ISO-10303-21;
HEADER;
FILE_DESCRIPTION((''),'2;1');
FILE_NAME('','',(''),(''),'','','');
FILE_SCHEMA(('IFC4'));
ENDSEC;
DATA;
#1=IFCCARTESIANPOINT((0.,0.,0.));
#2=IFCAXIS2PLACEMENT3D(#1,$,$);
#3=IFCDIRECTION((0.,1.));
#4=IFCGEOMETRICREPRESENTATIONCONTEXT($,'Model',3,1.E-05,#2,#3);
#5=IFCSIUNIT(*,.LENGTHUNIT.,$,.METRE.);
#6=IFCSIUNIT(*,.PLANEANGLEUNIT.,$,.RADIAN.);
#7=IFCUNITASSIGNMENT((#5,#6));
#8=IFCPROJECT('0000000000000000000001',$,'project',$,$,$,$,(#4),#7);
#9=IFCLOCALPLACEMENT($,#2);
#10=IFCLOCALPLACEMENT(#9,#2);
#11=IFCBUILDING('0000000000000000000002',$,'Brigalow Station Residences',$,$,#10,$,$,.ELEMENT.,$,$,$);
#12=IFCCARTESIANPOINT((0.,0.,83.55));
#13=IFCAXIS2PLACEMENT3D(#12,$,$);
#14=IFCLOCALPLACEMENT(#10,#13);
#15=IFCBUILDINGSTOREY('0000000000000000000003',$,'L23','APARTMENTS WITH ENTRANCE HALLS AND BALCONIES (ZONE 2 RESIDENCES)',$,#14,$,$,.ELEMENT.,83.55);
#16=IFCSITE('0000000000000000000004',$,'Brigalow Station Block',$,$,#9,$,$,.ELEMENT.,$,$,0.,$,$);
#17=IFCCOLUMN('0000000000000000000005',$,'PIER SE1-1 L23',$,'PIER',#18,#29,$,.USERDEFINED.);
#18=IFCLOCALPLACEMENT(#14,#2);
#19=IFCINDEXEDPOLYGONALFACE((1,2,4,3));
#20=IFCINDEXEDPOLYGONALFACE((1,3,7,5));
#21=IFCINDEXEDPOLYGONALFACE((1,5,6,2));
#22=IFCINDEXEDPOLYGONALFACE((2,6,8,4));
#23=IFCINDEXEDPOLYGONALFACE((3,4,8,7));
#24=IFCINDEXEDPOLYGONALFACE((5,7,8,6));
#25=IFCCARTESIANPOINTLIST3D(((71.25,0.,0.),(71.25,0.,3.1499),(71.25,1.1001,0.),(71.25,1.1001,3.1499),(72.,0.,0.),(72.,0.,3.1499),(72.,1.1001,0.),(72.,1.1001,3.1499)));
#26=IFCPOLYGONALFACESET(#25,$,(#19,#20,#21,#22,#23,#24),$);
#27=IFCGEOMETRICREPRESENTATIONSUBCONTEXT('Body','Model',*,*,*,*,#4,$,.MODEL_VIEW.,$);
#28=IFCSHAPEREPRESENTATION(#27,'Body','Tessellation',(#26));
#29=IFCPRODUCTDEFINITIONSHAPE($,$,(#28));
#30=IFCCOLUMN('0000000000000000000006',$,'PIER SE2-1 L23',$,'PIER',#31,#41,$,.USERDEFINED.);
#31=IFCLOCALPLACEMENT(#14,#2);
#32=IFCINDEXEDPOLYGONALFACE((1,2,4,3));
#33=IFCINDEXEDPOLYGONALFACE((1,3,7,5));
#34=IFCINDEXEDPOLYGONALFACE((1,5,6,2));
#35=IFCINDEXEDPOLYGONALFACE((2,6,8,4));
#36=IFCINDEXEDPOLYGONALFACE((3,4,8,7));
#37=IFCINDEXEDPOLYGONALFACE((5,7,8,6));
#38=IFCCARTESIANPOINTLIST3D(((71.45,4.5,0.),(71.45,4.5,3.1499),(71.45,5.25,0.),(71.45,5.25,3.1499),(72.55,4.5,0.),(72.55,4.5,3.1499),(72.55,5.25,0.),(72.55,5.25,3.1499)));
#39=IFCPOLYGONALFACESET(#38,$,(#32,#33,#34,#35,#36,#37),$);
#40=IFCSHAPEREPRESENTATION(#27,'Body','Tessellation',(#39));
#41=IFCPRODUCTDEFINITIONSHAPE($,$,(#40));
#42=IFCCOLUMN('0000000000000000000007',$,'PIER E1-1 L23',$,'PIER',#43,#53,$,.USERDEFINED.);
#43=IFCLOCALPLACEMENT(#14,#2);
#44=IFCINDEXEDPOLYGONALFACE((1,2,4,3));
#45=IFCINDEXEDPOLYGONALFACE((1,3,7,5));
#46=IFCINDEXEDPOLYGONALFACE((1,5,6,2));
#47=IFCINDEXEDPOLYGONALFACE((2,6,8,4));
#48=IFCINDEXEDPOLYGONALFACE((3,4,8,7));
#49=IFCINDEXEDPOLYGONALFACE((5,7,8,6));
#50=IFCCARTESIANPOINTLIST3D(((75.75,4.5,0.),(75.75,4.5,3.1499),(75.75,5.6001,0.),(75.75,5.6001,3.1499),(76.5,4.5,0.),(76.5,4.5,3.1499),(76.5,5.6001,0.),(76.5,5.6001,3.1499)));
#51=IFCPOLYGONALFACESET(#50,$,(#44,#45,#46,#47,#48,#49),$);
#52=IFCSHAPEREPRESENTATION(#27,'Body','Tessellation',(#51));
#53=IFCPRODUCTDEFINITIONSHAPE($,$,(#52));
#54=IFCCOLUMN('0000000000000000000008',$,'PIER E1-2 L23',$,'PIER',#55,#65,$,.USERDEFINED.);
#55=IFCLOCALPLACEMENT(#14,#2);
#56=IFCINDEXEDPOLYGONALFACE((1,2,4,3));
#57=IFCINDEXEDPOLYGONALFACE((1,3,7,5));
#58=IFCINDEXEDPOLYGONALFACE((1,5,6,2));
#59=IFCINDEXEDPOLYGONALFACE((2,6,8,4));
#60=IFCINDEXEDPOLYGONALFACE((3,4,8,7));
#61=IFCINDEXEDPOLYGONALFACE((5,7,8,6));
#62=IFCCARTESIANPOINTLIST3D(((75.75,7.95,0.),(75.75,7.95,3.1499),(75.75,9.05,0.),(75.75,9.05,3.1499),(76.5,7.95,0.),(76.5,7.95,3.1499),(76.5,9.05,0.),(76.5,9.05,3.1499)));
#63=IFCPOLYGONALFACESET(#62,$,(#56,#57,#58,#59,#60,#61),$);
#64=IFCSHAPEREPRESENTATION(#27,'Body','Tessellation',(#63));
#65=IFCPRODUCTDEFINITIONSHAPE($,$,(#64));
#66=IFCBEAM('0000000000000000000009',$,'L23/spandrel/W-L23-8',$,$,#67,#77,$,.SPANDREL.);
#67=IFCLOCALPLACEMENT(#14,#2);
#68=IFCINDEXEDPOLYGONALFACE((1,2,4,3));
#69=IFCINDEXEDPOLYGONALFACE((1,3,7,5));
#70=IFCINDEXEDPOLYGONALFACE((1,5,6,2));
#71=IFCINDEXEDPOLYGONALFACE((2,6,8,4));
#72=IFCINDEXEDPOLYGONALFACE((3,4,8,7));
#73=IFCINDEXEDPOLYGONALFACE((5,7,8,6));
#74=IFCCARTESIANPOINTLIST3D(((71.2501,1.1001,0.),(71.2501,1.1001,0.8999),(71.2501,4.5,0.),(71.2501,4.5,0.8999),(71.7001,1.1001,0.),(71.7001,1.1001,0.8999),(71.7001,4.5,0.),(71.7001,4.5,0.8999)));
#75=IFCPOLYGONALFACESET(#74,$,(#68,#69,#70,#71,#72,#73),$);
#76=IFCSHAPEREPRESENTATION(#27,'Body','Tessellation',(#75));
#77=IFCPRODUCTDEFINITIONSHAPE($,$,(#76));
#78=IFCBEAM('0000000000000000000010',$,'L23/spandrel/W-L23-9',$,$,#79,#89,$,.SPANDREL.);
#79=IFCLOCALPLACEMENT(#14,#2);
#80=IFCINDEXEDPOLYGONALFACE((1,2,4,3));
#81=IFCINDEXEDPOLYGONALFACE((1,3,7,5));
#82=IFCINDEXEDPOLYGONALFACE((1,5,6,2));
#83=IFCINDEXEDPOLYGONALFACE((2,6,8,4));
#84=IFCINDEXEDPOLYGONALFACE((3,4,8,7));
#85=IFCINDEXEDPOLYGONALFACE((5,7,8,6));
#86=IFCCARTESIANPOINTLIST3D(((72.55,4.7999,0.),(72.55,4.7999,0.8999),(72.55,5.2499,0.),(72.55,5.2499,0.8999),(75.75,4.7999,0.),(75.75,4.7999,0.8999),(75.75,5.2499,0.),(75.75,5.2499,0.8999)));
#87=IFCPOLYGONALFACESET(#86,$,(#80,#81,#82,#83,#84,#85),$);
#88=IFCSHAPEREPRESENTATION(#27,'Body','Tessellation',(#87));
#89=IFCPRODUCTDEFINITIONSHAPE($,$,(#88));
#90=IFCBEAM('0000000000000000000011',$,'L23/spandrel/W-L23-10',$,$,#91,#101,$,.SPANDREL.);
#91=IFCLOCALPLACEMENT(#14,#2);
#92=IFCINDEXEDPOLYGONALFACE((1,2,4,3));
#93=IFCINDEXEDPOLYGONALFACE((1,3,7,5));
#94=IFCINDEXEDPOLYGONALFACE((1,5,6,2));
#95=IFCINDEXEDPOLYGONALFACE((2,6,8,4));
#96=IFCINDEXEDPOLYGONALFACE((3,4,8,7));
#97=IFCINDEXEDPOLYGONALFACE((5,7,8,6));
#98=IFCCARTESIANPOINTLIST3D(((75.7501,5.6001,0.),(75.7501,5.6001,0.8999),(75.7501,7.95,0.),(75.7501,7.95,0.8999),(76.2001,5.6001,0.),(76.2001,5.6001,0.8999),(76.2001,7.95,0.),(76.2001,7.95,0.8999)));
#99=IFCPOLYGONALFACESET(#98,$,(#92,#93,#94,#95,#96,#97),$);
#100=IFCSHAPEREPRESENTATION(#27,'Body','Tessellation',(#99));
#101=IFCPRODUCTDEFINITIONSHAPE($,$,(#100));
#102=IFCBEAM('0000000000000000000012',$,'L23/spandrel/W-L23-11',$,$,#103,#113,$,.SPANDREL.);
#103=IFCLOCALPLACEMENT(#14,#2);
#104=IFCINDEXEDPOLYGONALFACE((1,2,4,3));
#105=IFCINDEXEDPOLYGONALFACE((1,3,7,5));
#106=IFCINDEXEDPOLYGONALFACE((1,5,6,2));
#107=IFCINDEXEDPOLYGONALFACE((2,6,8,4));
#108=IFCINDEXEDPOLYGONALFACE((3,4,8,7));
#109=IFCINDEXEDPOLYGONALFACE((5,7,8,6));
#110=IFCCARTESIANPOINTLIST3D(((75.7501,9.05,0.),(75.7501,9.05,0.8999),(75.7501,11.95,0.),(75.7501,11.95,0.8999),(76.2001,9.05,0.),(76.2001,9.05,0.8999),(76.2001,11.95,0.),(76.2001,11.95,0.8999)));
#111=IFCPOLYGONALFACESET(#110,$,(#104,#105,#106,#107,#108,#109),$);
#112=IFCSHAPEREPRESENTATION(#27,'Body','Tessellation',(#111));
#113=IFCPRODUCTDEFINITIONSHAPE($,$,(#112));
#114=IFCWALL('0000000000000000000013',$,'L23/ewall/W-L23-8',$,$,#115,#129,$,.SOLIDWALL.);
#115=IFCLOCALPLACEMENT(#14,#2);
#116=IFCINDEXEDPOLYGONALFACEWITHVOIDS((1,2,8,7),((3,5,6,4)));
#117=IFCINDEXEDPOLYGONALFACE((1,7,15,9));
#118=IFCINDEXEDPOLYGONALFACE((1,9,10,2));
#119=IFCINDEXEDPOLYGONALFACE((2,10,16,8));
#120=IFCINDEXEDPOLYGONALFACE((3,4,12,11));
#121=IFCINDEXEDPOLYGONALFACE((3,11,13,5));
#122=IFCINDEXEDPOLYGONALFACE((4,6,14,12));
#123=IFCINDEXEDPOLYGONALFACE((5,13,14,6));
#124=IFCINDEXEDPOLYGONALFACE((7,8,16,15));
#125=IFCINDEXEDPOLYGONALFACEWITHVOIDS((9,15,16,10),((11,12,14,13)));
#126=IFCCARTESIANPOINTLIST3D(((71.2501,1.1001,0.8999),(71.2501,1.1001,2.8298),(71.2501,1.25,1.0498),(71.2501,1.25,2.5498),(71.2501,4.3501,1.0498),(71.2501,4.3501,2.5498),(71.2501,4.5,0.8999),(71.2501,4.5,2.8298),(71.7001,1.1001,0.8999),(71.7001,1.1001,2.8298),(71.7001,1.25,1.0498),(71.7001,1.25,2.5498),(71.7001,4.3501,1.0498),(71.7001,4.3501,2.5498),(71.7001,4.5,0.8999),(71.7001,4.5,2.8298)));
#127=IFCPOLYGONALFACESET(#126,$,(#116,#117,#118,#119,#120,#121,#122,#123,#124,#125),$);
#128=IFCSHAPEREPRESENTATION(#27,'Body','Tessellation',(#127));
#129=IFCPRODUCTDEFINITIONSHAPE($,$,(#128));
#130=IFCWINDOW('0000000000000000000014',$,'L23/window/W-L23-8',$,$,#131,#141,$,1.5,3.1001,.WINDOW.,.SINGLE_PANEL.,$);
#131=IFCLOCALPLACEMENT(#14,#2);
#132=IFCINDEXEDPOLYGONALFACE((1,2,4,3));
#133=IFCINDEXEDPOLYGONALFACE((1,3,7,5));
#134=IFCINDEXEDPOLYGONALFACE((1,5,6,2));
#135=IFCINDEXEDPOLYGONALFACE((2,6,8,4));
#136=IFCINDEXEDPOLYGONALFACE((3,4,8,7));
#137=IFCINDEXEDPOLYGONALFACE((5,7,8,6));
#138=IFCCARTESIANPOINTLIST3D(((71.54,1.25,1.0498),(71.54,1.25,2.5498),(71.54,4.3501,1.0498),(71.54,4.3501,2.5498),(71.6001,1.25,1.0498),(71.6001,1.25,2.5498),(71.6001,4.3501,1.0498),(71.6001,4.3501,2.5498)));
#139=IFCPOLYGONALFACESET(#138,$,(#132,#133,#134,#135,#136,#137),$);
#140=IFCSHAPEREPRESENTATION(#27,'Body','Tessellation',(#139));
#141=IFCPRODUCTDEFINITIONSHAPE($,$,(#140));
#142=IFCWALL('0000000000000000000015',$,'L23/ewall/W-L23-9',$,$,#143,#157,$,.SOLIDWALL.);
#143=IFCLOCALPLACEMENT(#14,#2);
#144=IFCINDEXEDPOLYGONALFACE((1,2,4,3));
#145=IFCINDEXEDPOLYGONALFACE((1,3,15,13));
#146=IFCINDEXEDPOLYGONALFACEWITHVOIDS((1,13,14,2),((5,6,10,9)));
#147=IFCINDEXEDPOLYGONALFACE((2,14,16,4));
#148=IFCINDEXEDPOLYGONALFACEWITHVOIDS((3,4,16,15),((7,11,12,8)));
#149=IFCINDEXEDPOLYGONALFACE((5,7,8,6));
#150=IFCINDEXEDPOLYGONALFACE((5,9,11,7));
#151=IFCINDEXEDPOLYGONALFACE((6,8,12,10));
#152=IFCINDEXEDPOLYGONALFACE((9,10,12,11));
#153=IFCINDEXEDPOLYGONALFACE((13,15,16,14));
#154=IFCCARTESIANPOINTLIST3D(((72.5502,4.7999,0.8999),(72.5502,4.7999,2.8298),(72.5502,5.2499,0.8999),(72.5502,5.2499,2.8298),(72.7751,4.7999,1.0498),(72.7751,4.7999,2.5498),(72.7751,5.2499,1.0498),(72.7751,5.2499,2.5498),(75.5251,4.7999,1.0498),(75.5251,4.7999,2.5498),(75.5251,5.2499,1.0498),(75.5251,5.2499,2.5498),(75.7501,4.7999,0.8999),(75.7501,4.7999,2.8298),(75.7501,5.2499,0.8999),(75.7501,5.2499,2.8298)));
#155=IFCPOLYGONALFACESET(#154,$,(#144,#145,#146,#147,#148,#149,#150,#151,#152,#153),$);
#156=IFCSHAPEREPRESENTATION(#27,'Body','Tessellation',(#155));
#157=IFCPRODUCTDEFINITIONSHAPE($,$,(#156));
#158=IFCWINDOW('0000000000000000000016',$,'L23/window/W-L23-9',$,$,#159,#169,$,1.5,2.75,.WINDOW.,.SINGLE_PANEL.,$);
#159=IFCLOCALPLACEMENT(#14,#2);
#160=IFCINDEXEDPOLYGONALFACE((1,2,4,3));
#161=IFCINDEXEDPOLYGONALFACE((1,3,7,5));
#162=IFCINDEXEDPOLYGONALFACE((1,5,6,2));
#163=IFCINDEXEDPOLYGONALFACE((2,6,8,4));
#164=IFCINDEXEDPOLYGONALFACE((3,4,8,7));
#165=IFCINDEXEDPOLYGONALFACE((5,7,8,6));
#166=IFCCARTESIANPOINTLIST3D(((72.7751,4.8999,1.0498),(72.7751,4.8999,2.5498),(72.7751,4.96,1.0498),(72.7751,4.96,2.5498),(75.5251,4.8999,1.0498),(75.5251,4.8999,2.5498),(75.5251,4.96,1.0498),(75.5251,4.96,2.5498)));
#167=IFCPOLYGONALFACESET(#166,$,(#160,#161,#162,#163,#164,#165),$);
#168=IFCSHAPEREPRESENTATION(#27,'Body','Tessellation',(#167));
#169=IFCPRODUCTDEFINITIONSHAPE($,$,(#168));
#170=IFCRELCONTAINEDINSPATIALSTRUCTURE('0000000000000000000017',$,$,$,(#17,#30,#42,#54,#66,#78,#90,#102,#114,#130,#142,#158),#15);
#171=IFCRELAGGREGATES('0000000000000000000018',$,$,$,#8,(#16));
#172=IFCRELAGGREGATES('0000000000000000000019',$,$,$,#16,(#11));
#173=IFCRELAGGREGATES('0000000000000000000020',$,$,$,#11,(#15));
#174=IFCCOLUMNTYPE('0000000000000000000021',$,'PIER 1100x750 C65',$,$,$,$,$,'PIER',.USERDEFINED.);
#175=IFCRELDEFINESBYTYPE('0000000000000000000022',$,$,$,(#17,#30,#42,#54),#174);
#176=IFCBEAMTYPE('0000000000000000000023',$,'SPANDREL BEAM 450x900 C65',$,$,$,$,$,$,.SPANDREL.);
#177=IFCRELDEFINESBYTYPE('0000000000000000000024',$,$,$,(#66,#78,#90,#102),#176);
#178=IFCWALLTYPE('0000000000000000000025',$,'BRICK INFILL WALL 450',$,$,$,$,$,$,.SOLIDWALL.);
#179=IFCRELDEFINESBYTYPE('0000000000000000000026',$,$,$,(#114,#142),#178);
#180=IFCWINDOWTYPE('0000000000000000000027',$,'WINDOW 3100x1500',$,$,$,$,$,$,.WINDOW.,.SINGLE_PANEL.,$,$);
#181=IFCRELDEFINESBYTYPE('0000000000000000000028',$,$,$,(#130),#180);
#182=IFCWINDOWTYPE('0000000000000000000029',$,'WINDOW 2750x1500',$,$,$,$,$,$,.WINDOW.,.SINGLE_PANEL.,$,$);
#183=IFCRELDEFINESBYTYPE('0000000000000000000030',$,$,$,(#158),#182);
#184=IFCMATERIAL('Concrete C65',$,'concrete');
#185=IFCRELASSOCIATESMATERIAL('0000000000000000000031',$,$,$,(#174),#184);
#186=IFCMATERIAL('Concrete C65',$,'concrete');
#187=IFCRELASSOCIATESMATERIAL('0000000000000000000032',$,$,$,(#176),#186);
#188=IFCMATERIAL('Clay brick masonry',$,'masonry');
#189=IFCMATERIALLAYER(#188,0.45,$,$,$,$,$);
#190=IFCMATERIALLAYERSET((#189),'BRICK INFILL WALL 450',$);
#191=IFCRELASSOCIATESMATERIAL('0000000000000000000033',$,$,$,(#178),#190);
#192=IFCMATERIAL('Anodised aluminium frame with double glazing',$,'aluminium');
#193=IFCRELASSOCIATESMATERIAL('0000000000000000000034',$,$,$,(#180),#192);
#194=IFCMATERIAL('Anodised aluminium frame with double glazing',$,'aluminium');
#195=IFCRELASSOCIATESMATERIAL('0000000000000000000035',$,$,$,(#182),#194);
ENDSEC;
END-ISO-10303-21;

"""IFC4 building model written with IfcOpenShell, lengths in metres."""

from ifc_helpers import new_model, si_unit, direction, frame, frame_2d, origin, origin_2d, place, context, subcontext, project, spatial, rectangle, extrude, material, layer, layer_set, material_profile, profile_set, type_object, element, fill, save


model = new_model("IFC4")

# Units and contexts
model_context = context("Model", 3, precision=1e-05, world=origin(), true_north=direction((0.0, 1.0)))
body_context = subcontext(model_context, "Body", "Model", "MODEL_VIEW")
ifc_project = project(units=[si_unit("LENGTHUNIT", "METRE"), si_unit("PLANEANGLEUNIT", "RADIAN")], contexts=[model_context])

# Site, building, storey
site_placement = place(None, origin())
site = spatial("IfcSite", under=ifc_project, at=site_placement, Name="Brigalow Station Block", CompositionType="ELEMENT", RefElevation=0.0)
building_placement = place(site_placement, origin())
building = spatial("IfcBuilding", under=site, at=building_placement, Name="Brigalow Station Residences", CompositionType="ELEMENT")
storey_placement = place(building_placement, frame((0.0, 0.0, 83.55)))
storey = spatial("IfcBuildingStorey", under=building, at=storey_placement, Name="L23", Description="APARTMENTS WITH ENTRANCE HALLS AND BALCONIES (ZONE 2 RESIDENCES)", CompositionType="ELEMENT", Elevation=83.55)

# Columns
ifc_material_1 = material(Name="Concrete C65", Category="concrete")
ifc_material_profile_1 = material_profile(ifc_material_1, rectangle(XDim=1.1001, YDim=0.75, at=origin_2d()), Name="RC1100x750")
ifc_profile_set_1 = profile_set([ifc_material_profile_1], Name="Concrete C65")
column_type = type_object("IfcColumnType", Name="PIER 1100x750 C65", ElementType="PIER", PredefinedType="USERDEFINED", material=ifc_profile_set_1)
for number, where, z_axis, x_axis, name in (
    (1, (71.625, 0.55, 0.0), (0.0, 0.0, 1.0), (0.0, 1.0, 0.0), "PIER SE1-1 L23"),
    (2, (72.0, 4.875, 0.0), (0.0, 0.0, 1.0), (1.0, 0.0, 0.0), "PIER SE2-1 L23"),
    (3, (76.125, 5.05, 0.0), (0.0, 0.0, 1.0), (0.0, 1.0, 0.0), "PIER E1-1 L23"),
    (4, (76.125, 8.5, 0.0), (0.0, 0.0, 1.0), (0.0, 1.0, 0.0), "PIER E1-2 L23"),
):
    element("IfcColumn", number, at=place(storey_placement, frame(where, z_axis=z_axis, x_axis=x_axis)), inside=storey, type_object=column_type, Name=name, ObjectType="PIER", PredefinedType="USERDEFINED", context=body_context, shape_type="SweptSolid", body=[
        extrude(rectangle(XDim=1.1001, YDim=0.75, at=origin_2d()), origin(), (0.0, 0.0, 1.0), 3.1499),
    ])

# Beams
ifc_material_2 = material(Name="Concrete C65", Category="concrete")
ifc_material_profile_2 = material_profile(ifc_material_2, rectangle(XDim=0.45, YDim=0.8999, at=origin_2d()), Name="RC450x900")
ifc_profile_set_2 = profile_set([ifc_material_profile_2], Name="Concrete C65")
beam_type = type_object("IfcBeamType", Name="SPANDREL BEAM 450x900 C65", PredefinedType="SPANDREL", material=ifc_profile_set_2)
beam_1_placement = place(storey_placement, frame((71.4751, 1.1001, 0.45), z_axis=(0.0, 1.0, 0.0), x_axis=(-1.0, 0.0, 0.0)))
element("IfcBeam", 5, at=beam_1_placement, inside=storey, type_object=beam_type, Name="L23/spandrel/W-L23-8", PredefinedType="SPANDREL", context=body_context, shape_type="SweptSolid", body=[
    extrude(rectangle(XDim=0.45, YDim=0.8999, at=origin_2d()), origin(), (0.0, 0.0, 1.0), 3.3999),
])
beam_2_placement = place(storey_placement, frame((72.55, 5.0249, 0.45), z_axis=(1.0, 0.0, 0.0), x_axis=(0.0, 1.0, 0.0)))
element("IfcBeam", 6, at=beam_2_placement, inside=storey, type_object=beam_type, Name="L23/spandrel/W-L23-9", PredefinedType="SPANDREL", context=body_context, shape_type="SweptSolid", body=[
    extrude(rectangle(XDim=0.45, YDim=0.8999, at=origin_2d()), origin(), (0.0, 0.0, 1.0), 3.2),
])
beam_3_placement = place(storey_placement, frame((75.9751, 5.6001, 0.45), z_axis=(0.0, 1.0, 0.0), x_axis=(-1.0, 0.0, 0.0)))
element("IfcBeam", 7, at=beam_3_placement, inside=storey, type_object=beam_type, Name="L23/spandrel/W-L23-10", PredefinedType="SPANDREL", context=body_context, shape_type="SweptSolid", body=[
    extrude(rectangle(XDim=0.45, YDim=0.8999, at=origin_2d()), origin(), (0.0, 0.0, 1.0), 2.3499),
])
beam_4_placement = place(storey_placement, frame((75.9751, 9.05, 0.45), z_axis=(0.0, 1.0, 0.0), x_axis=(-1.0, 0.0, 0.0)))
element("IfcBeam", 8, at=beam_4_placement, inside=storey, type_object=beam_type, Name="L23/spandrel/W-L23-11", PredefinedType="SPANDREL", context=body_context, shape_type="SweptSolid", body=[
    extrude(rectangle(XDim=0.45, YDim=0.8999, at=origin_2d()), origin(), (0.0, 0.0, 1.0), 2.8999),
])

# Walls, openings, windows
ifc_material_3 = material(Name="Clay brick masonry", Category="masonry")
ifc_layer_1 = layer(ifc_material_3, 0.45)
ifc_layer_set_1 = layer_set([ifc_layer_1], Name="BRICK INFILL WALL 450")
wall_type_1 = type_object("IfcWallType", Name="BRICK INFILL WALL 450", PredefinedType="SOLIDWALL", material=ifc_layer_set_1)
wall_1_placement = place(storey_placement, frame((71.4751, 1.1001, 0.8999), z_axis=(0.0, 0.0, 1.0), x_axis=(0.0, 1.0, 0.0)))
wall_1 = element("IfcWall", 9, at=wall_1_placement, inside=storey, type_object=wall_type_1, Name="L23/ewall/W-L23-8", PredefinedType="SOLIDWALL", context=body_context, shape_type="SweptSolid", body=[
    extrude(rectangle(XDim=3.3999, YDim=0.45, at=frame_2d((1.7, 0.0))), origin(), (0.0, 0.0, 1.0), 1.9299),
])
opening_1_placement = place(wall_1_placement, frame((0.1499, 0.0, 0.1499)))
opening_1 = element("IfcOpeningElement", 10, at=opening_1_placement, cuts=wall_1, PredefinedType="OPENING", context=body_context, shape_type="SweptSolid", body=[
    extrude(rectangle(XDim=3.1001, YDim=1.5, at=frame_2d((1.55, 0.75))), frame((0.0, 0.2349, 0.0), z_axis=(0.0, -1.0, 0.0), x_axis=(1.0, 0.0, 0.0)), (0.0, 0.0, 1.0), 0.47),
])
ifc_material_4 = material(Name="Anodised aluminium frame with double glazing", Category="aluminium")
window_type_1 = type_object("IfcWindowType", Name="WINDOW 3100x1500", PartitioningType="SINGLE_PANEL", PredefinedType="WINDOW", material=ifc_material_4)
window_1_placement = place(opening_1_placement, origin())
window_1 = element("IfcWindow", 11, at=window_1_placement, inside=storey, type_object=window_type_1, Name="L23/window/W-L23-8", OverallHeight=1.5, OverallWidth=3.1001, PartitioningType="SINGLE_PANEL", PredefinedType="WINDOW", context=body_context, shape_type="SweptSolid", body=[
    extrude(rectangle(XDim=3.1001, YDim=1.5, at=frame_2d((1.55, 0.75))), frame((0.0, -0.0649, 0.0), z_axis=(0.0, -1.0, 0.0), x_axis=(1.0, 0.0, 0.0)), (0.0, 0.0, 1.0), 0.0601),
])
fill(opening_1, window_1)
wall_2_placement = place(storey_placement, frame((72.55, 5.0249, 0.8999), z_axis=(0.0, 0.0, 1.0), x_axis=(1.0, 0.0, 0.0)))
wall_2 = element("IfcWall", 12, at=wall_2_placement, inside=storey, type_object=wall_type_1, Name="L23/ewall/W-L23-9", PredefinedType="SOLIDWALL", context=body_context, shape_type="SweptSolid", body=[
    extrude(rectangle(XDim=3.2, YDim=0.45, at=frame_2d((1.6001, 0.0))), origin(), (0.0, 0.0, 1.0), 1.9299),
])
opening_2_placement = place(wall_2_placement, frame((0.2251, 0.0, 0.1499)))
opening_2 = element("IfcOpeningElement", 13, at=opening_2_placement, cuts=wall_2, PredefinedType="OPENING", context=body_context, shape_type="SweptSolid", body=[
    extrude(rectangle(XDim=2.75, YDim=1.5, at=frame_2d((1.375, 0.75))), frame((0.0, 0.2349, 0.0), z_axis=(0.0, -1.0, 0.0), x_axis=(1.0, 0.0, 0.0)), (0.0, 0.0, 1.0), 0.47),
])
ifc_material_5 = material(Name="Anodised aluminium frame with double glazing", Category="aluminium")
window_type_2 = type_object("IfcWindowType", Name="WINDOW 2750x1500", PartitioningType="SINGLE_PANEL", PredefinedType="WINDOW", material=ifc_material_5)
window_2_placement = place(opening_2_placement, origin())
window_2 = element("IfcWindow", 14, at=window_2_placement, inside=storey, type_object=window_type_2, Name="L23/window/W-L23-9", OverallHeight=1.5, OverallWidth=2.75, PartitioningType="SINGLE_PANEL", PredefinedType="WINDOW", context=body_context, shape_type="SweptSolid", body=[
    extrude(rectangle(XDim=2.75, YDim=1.5, at=frame_2d((1.375, 0.75))), frame((0.0, -0.0649, 0.0), z_axis=(0.0, -1.0, 0.0), x_axis=(1.0, 0.0, 0.0)), (0.0, 0.0, 1.0), 0.0601),
])
fill(opening_2, window_2)

save(model, "model.ifc")
